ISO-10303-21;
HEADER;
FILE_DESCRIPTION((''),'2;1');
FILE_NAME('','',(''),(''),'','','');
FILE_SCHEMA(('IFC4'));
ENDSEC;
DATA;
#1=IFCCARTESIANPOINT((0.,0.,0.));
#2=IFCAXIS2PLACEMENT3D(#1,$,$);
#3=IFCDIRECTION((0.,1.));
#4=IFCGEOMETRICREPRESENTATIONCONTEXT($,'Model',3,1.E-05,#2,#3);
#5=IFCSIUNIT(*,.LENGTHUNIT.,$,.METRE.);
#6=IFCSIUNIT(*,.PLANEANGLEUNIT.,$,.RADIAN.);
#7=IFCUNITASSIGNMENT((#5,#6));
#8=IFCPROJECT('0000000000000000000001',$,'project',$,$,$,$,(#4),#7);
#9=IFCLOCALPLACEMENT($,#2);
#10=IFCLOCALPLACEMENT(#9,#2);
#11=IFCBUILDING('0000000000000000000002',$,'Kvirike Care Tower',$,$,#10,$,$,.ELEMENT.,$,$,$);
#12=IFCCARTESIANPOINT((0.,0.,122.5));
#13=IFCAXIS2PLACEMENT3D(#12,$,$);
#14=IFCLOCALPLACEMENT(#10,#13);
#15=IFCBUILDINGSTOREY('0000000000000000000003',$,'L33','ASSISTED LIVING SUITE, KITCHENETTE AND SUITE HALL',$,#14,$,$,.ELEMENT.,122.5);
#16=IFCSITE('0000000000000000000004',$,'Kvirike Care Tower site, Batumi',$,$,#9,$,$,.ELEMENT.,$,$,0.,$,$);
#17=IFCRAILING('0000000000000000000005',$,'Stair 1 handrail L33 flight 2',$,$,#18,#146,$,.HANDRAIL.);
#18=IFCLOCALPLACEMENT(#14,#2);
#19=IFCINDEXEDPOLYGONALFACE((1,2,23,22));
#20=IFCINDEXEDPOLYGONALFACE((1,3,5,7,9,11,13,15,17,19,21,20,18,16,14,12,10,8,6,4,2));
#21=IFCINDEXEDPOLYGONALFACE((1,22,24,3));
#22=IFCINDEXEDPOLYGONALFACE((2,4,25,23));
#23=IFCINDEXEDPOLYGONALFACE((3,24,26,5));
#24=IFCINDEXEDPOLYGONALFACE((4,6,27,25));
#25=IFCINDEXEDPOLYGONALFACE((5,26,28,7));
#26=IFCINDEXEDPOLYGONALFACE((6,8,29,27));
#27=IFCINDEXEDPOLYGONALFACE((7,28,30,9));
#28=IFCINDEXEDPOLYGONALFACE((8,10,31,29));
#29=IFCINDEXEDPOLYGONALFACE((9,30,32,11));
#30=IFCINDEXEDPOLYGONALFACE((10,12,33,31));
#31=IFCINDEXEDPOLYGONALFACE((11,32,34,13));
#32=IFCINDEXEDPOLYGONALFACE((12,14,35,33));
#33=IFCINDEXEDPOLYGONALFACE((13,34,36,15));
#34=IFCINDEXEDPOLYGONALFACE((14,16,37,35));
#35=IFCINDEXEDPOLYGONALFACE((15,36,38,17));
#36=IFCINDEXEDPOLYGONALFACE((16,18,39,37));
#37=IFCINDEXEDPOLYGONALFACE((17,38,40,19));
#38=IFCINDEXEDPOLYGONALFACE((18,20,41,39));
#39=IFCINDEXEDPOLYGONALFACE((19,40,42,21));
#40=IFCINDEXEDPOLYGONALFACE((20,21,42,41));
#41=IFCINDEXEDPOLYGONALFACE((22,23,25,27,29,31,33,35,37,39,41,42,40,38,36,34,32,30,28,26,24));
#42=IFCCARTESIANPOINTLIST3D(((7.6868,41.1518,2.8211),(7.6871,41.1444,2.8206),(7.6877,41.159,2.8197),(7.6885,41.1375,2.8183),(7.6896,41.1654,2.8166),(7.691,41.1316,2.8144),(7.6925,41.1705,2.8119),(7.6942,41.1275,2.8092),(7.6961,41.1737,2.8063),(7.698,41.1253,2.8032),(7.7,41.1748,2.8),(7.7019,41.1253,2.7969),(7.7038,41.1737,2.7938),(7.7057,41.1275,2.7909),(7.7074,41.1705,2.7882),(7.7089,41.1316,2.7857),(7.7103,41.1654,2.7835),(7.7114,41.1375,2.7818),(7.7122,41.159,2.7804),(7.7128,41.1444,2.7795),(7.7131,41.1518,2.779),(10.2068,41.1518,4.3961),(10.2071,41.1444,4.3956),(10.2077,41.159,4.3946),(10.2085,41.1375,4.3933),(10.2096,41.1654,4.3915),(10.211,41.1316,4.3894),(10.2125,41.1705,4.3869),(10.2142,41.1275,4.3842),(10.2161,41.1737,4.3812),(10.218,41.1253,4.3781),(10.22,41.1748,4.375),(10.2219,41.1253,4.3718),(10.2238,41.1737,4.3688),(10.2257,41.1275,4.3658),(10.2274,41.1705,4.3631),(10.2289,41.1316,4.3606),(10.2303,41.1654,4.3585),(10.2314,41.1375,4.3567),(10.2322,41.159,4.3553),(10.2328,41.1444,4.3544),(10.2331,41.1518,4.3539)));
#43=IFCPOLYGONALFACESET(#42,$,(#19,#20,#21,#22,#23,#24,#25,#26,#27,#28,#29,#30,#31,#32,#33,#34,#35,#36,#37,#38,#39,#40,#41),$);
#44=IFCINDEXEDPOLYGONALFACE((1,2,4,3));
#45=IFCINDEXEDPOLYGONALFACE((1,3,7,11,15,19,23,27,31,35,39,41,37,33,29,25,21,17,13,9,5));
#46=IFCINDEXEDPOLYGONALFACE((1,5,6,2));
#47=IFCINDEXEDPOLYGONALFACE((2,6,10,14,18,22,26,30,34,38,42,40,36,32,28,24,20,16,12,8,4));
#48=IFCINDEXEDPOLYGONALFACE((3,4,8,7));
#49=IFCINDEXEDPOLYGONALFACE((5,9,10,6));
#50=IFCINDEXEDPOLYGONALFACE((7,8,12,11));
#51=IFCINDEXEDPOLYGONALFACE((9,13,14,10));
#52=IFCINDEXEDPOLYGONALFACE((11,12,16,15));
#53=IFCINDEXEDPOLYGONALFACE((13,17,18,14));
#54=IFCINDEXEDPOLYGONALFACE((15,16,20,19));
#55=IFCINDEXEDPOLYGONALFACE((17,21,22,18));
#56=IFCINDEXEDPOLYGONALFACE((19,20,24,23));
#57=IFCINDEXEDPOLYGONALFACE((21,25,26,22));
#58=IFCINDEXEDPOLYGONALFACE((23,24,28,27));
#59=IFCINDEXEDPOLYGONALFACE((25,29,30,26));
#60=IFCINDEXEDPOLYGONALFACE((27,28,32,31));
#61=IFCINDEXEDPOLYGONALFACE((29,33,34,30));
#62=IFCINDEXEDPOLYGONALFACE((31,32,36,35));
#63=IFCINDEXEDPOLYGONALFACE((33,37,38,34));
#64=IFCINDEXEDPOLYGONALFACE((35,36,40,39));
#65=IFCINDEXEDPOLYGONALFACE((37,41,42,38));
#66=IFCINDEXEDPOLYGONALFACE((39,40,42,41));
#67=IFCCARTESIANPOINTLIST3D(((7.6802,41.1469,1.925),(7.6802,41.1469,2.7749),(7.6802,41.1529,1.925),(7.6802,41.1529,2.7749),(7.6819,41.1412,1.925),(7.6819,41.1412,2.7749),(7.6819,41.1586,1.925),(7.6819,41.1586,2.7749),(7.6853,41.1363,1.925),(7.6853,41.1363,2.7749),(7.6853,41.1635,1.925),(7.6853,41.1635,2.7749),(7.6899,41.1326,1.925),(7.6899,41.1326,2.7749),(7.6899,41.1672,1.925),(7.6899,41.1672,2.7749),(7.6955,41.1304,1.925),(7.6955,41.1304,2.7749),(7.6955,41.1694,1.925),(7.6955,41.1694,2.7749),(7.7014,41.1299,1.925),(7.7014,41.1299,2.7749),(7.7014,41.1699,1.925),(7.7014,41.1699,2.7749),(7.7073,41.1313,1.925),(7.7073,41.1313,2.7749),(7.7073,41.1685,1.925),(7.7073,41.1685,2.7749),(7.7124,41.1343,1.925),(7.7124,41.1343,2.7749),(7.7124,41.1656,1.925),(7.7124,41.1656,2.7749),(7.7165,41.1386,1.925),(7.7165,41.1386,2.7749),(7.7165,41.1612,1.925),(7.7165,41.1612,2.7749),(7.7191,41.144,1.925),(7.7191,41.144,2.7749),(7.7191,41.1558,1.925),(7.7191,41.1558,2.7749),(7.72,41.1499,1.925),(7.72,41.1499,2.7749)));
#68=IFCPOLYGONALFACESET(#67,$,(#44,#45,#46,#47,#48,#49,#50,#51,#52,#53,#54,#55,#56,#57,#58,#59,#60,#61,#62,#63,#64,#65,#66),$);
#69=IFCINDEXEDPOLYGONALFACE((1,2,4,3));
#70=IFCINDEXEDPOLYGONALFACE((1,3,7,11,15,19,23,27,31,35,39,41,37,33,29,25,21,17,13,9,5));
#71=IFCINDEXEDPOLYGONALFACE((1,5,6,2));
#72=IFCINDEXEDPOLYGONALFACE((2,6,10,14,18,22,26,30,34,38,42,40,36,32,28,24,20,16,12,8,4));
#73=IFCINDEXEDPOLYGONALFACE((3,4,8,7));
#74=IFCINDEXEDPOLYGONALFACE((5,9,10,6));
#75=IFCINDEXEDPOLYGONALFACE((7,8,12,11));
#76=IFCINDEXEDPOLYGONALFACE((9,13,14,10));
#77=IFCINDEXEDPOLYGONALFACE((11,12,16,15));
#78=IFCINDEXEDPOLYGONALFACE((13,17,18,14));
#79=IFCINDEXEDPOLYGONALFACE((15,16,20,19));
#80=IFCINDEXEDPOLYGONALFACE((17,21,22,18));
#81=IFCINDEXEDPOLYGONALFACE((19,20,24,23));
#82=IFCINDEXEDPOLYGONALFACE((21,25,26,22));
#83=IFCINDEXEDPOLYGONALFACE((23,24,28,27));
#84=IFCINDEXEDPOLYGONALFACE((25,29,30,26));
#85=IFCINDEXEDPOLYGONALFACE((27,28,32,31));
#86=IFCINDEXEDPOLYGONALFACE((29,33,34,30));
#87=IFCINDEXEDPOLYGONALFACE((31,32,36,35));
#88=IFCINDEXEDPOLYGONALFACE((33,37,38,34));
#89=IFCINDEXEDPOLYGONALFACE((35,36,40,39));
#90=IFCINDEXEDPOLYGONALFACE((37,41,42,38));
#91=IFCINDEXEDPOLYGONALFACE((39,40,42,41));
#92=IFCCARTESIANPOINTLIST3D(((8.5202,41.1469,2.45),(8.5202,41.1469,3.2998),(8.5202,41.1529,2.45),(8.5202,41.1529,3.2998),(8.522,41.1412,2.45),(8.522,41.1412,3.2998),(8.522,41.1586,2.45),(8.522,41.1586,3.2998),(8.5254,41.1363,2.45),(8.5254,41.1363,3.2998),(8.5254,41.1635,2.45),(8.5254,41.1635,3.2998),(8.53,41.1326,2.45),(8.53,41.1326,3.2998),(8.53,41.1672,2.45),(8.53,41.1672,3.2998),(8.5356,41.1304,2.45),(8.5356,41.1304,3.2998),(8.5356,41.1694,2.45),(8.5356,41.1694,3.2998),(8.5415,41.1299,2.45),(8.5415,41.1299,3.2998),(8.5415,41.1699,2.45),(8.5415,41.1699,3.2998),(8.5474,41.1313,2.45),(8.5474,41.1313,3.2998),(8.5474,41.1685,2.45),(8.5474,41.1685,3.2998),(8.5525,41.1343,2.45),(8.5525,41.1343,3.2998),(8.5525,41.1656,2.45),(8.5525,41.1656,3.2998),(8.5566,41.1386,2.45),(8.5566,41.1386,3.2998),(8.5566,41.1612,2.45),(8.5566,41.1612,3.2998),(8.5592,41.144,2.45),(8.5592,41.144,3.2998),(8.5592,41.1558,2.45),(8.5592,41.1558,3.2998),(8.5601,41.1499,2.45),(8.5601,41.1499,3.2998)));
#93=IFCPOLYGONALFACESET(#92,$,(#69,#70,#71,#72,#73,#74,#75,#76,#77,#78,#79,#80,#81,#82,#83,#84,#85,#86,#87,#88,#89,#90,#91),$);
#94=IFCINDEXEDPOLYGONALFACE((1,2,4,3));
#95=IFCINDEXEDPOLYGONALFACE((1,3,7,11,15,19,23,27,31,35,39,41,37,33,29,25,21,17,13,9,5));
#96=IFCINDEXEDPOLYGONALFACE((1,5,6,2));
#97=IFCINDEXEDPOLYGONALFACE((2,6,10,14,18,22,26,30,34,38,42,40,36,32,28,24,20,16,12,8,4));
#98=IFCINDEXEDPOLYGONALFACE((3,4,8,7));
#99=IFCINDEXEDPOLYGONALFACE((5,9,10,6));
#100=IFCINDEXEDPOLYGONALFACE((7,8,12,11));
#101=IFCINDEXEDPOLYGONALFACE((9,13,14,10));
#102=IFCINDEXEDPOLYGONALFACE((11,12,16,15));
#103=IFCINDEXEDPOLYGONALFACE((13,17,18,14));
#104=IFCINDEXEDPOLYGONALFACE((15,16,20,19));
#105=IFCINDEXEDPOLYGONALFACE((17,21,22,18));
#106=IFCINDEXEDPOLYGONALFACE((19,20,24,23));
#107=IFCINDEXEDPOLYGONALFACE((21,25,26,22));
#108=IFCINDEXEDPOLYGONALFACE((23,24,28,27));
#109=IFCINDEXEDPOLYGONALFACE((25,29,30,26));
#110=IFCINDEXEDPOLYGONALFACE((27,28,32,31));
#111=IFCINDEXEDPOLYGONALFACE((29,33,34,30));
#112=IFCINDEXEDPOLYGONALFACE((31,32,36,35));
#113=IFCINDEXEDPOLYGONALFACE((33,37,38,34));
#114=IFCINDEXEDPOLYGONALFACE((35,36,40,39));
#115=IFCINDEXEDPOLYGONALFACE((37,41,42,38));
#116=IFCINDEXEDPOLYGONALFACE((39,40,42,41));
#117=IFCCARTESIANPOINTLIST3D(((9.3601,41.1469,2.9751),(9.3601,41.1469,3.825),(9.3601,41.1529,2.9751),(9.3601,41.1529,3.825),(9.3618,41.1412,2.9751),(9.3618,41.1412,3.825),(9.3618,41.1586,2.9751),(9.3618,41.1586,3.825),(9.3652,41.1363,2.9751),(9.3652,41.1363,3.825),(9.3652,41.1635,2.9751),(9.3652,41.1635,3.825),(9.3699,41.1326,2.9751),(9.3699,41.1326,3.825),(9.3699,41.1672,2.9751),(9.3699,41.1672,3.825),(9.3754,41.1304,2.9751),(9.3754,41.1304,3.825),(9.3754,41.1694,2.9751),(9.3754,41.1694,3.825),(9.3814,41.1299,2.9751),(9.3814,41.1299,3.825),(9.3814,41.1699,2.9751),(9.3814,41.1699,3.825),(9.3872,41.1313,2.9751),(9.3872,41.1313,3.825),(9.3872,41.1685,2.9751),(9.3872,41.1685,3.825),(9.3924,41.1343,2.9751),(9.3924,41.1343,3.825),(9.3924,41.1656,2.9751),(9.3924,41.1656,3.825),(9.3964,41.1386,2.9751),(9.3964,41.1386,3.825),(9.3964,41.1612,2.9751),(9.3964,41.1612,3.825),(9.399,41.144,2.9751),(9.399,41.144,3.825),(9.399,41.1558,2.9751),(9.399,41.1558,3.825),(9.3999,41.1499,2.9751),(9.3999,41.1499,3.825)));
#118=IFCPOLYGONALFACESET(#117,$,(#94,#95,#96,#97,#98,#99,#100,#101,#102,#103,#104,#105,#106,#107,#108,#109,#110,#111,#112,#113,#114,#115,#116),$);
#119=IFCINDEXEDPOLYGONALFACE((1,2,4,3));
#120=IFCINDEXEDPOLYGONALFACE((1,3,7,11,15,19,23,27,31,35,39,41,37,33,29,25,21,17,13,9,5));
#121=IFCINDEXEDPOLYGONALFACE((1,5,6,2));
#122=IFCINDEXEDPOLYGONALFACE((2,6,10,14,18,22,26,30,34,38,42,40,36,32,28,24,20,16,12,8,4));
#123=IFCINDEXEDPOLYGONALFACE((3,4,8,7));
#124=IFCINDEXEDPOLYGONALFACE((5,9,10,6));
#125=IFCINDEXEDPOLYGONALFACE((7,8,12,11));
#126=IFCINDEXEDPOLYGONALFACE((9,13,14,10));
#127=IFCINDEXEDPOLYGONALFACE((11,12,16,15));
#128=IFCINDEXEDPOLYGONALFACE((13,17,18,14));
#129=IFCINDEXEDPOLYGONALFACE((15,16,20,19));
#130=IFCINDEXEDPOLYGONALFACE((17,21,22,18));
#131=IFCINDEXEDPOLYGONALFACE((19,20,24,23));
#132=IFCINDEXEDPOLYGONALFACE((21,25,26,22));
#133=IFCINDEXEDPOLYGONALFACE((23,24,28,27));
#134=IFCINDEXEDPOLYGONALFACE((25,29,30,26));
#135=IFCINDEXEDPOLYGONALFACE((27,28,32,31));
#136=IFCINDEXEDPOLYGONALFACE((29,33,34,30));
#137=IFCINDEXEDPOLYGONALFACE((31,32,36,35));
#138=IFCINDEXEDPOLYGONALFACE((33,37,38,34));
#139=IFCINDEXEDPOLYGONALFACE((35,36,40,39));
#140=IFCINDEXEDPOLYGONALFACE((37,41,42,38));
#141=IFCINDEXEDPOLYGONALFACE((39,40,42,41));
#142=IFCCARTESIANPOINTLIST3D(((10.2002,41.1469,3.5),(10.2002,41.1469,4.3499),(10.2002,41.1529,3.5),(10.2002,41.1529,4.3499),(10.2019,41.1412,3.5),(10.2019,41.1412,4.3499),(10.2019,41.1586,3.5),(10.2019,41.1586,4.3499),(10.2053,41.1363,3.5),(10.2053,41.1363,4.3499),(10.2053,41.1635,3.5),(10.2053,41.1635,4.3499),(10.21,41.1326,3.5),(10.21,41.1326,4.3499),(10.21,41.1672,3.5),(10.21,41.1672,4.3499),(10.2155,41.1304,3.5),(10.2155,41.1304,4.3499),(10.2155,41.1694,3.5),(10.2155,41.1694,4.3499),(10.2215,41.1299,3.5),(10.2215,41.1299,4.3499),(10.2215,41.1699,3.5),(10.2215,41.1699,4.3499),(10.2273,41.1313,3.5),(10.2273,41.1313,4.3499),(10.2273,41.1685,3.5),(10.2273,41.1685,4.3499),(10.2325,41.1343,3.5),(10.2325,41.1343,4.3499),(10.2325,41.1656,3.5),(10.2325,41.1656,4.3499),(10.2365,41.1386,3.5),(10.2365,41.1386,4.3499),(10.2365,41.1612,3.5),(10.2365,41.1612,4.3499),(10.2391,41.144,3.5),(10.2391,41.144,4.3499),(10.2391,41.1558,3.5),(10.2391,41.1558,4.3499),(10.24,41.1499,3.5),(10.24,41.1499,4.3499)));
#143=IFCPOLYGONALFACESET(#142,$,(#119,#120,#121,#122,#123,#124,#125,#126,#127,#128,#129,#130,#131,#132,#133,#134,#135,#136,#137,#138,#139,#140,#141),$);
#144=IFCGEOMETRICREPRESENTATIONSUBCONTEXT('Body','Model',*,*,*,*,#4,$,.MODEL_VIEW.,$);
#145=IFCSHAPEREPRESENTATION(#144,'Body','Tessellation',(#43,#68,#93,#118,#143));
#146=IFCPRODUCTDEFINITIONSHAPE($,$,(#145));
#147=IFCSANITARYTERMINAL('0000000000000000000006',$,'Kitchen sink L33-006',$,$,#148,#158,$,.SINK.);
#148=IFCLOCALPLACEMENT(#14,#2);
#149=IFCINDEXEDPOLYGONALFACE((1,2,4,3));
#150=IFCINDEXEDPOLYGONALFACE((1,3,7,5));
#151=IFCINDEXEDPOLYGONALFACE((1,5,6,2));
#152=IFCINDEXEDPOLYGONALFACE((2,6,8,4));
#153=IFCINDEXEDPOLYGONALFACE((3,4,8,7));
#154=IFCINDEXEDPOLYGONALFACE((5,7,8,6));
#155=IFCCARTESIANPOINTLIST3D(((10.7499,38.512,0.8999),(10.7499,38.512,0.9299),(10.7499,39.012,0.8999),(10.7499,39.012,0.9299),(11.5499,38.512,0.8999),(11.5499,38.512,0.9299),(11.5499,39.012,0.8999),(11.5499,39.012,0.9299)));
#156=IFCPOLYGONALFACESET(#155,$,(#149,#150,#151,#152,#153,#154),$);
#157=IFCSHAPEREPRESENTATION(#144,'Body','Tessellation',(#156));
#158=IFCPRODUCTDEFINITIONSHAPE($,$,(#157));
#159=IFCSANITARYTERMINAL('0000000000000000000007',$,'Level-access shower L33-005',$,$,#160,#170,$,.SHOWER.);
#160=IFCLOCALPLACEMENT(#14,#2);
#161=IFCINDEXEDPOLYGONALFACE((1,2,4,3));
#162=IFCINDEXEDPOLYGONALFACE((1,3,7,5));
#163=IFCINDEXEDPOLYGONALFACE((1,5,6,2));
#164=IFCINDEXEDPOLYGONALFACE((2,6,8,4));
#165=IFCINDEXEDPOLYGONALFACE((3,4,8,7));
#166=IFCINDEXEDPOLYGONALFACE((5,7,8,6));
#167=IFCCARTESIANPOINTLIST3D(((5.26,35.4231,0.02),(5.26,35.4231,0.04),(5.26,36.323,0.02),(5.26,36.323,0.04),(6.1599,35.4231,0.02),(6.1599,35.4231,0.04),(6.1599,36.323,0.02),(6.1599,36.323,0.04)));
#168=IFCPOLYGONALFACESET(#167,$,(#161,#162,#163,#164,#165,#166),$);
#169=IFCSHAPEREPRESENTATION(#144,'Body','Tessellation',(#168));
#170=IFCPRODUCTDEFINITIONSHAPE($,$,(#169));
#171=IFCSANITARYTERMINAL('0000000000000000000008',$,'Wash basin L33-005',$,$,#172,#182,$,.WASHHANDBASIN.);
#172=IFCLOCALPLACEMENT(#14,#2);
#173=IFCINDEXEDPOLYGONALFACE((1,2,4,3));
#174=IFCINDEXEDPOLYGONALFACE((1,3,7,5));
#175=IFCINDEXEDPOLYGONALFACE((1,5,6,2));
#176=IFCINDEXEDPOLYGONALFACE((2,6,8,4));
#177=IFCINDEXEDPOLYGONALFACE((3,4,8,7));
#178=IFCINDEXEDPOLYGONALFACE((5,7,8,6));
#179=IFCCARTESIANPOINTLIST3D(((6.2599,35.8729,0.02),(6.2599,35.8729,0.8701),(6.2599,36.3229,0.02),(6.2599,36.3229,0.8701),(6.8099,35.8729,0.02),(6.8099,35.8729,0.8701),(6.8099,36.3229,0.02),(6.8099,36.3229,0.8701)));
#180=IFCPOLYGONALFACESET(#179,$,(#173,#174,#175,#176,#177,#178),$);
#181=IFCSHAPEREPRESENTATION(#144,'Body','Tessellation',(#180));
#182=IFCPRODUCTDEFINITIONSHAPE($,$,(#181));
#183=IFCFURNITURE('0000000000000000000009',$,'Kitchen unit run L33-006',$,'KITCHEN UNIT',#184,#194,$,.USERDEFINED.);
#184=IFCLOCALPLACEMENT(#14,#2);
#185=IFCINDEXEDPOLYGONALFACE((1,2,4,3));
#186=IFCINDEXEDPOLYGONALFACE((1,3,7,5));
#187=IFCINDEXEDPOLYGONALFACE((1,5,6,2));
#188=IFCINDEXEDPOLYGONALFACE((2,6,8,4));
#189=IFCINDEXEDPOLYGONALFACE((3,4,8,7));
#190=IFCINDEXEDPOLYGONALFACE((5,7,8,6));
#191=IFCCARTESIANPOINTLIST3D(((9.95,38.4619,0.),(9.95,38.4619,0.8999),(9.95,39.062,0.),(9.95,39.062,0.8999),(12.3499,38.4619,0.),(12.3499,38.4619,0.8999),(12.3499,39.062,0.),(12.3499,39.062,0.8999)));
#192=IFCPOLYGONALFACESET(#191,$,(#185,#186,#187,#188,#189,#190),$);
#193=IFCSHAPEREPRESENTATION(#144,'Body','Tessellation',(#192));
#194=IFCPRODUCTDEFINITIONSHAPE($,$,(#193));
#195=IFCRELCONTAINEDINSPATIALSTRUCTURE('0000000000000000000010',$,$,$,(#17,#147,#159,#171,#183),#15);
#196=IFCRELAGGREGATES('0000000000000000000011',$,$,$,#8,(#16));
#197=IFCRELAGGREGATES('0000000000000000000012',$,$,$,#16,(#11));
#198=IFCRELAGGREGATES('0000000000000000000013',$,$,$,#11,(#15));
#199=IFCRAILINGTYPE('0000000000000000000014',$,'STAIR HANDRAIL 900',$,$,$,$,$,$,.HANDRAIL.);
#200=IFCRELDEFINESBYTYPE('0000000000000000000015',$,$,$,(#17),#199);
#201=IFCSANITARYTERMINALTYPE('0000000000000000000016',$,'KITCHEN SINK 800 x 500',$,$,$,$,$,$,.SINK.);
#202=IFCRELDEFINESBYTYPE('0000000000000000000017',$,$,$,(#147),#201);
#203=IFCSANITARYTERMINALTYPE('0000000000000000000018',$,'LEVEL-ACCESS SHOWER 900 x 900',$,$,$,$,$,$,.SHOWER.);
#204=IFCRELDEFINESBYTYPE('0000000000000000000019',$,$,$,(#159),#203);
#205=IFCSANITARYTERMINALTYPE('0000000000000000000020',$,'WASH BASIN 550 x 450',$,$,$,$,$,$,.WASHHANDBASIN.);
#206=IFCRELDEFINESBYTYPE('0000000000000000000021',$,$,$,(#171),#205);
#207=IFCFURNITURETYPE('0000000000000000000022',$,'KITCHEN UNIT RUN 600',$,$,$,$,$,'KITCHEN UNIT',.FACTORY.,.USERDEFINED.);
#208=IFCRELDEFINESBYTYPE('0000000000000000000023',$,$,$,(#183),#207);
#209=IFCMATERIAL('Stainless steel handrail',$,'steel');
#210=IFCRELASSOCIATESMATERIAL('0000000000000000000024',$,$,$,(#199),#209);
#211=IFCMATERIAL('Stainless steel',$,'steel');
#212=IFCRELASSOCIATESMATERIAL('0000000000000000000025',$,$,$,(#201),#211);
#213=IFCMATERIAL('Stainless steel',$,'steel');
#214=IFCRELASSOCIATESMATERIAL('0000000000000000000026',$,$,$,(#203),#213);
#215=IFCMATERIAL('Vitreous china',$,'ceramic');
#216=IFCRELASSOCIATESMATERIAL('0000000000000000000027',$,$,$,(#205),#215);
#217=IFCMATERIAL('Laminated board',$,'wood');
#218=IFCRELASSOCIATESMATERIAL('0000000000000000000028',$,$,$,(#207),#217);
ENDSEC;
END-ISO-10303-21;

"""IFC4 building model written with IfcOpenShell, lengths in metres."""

from ifc_helpers import new_model, si_unit, direction, frame, origin, origin_2d, place, context, subcontext, project, spatial, rectangle, circle, extrude, material, type_object, element, save


model = new_model("IFC4")

# Units and contexts
model_context = context("Model", 3, precision=1e-05, world=origin(), true_north=direction((0.0, 1.0)))
body_context = subcontext(model_context, "Body", "Model", "MODEL_VIEW")
ifc_project = project(units=[si_unit("LENGTHUNIT", "METRE"), si_unit("PLANEANGLEUNIT", "RADIAN")], contexts=[model_context])

# Site, building, storey
site_placement = place(None, origin())
site = spatial("IfcSite", under=ifc_project, at=site_placement, Name="Kvirike Care Tower site, Batumi", CompositionType="ELEMENT", RefElevation=0.0)
building_placement = place(site_placement, origin())
building = spatial("IfcBuilding", under=site, at=building_placement, Name="Kvirike Care Tower", CompositionType="ELEMENT")
storey_placement = place(building_placement, frame((0.0, 0.0, 122.5)))
storey = spatial("IfcBuildingStorey", under=building, at=storey_placement, Name="L33", Description="ASSISTED LIVING SUITE, KITCHENETTE AND SUITE HALL", CompositionType="ELEMENT", Elevation=122.5)

# Railing
ifc_material_1 = material(Name="Stainless steel handrail", Category="steel")
railing_type = type_object("IfcRailingType", Name="STAIR HANDRAIL 900", PredefinedType="HANDRAIL", material=ifc_material_1)
railing_1_placement = place(storey_placement, frame((7.7, 41.1499, 1.925)))
element("IfcRailing", 1, at=railing_1_placement, inside=storey, type_object=railing_type, Name="Stair 1 handrail L33 flight 2", PredefinedType="HANDRAIL", context=body_context, shape_type="SweptSolid", body=[
    extrude(circle(Radius=0.0249, at=origin_2d()), frame((0.0, 0.0, 0.875), z_axis=(0.848008, 0.0, 0.529984), x_axis=(0.0, 1.0, 0.0)), (0.0, 0.0, 1.0), 2.9717),
    extrude(circle(Radius=0.02, at=origin_2d()), origin(), (0.0, 0.0, 1.0), 0.8499),
    extrude(circle(Radius=0.02, at=origin_2d()), frame((0.8401, 0.0, 0.5249)), (0.0, 0.0, 1.0), 0.8499),
    extrude(circle(Radius=0.02, at=origin_2d()), frame((1.6799, 0.0, 1.05)), (0.0, 0.0, 1.0), 0.8499),
    extrude(circle(Radius=0.02, at=origin_2d()), frame((2.52, 0.0, 1.575)), (0.0, 0.0, 1.0), 0.8499),
])

# Sanitary terminals
ifc_material_2 = material(Name="Stainless steel", Category="steel")
sanitary_terminal_type_1 = type_object("IfcSanitaryTerminalType", Name="KITCHEN SINK 800 x 500", PredefinedType="SINK", material=ifc_material_2)
sanitary_terminal_1_placement = place(storey_placement, frame((11.1499, 38.762, 0.8999), z_axis=(0.0, 0.0, 1.0), x_axis=(-1.0, 0.0, 0.0)))
element("IfcSanitaryTerminal", 2, at=sanitary_terminal_1_placement, inside=storey, type_object=sanitary_terminal_type_1, Name="Kitchen sink L33-006", PredefinedType="SINK", context=body_context, shape_type="SweptSolid", body=[
    extrude(rectangle(XDim=0.8, YDim=0.5, at=origin_2d()), origin(), (0.0, 0.0, 1.0), 0.03),
])
ifc_material_3 = material(Name="Stainless steel", Category="steel")
sanitary_terminal_type_2 = type_object("IfcSanitaryTerminalType", Name="LEVEL-ACCESS SHOWER 900 x 900", PredefinedType="SHOWER", material=ifc_material_3)
sanitary_terminal_2_placement = place(storey_placement, frame((5.71, 35.873, 0.02), z_axis=(0.0, 0.0, 1.0), x_axis=(1.0, 0.0, 0.0)))
element("IfcSanitaryTerminal", 3, at=sanitary_terminal_2_placement, inside=storey, type_object=sanitary_terminal_type_2, Name="Level-access shower L33-005", PredefinedType="SHOWER", context=body_context, shape_type="SweptSolid", body=[
    extrude(rectangle(XDim=0.8999, YDim=0.8999, at=origin_2d()), origin(), (0.0, 0.0, 1.0), 0.02),
])
ifc_material_4 = material(Name="Vitreous china", Category="ceramic")
sanitary_terminal_type_3 = type_object("IfcSanitaryTerminalType", Name="WASH BASIN 550 x 450", PredefinedType="WASHHANDBASIN", material=ifc_material_4)
sanitary_terminal_3_placement = place(storey_placement, frame((6.5349, 36.0979, 0.02), z_axis=(0.0, 0.0, 1.0), x_axis=(1.0, 0.0, 0.0)))
element("IfcSanitaryTerminal", 4, at=sanitary_terminal_3_placement, inside=storey, type_object=sanitary_terminal_type_3, Name="Wash basin L33-005", PredefinedType="WASHHANDBASIN", context=body_context, shape_type="SweptSolid", body=[
    extrude(rectangle(XDim=0.55, YDim=0.45, at=origin_2d()), origin(), (0.0, 0.0, 1.0), 0.8501),
])

# Furniture
ifc_material_5 = material(Name="Laminated board", Category="wood")
furniture_type = type_object("IfcFurnitureType", Name="KITCHEN UNIT RUN 600", ElementType="KITCHEN UNIT", AssemblyPlace="FACTORY", PredefinedType="USERDEFINED", material=ifc_material_5)
furniture_placement = place(storey_placement, frame((11.1499, 38.762, 0.0), z_axis=(0.0, 0.0, 1.0), x_axis=(-1.0, 0.0, 0.0)))
element("IfcFurniture", 5, at=furniture_placement, inside=storey, type_object=furniture_type, Name="Kitchen unit run L33-006", ObjectType="KITCHEN UNIT", PredefinedType="USERDEFINED", context=body_context, shape_type="SweptSolid", body=[
    extrude(rectangle(XDim=2.3999, YDim=0.6001, at=origin_2d()), origin(), (0.0, 0.0, 1.0), 0.8999),
])

save(model, "model.ifc")
